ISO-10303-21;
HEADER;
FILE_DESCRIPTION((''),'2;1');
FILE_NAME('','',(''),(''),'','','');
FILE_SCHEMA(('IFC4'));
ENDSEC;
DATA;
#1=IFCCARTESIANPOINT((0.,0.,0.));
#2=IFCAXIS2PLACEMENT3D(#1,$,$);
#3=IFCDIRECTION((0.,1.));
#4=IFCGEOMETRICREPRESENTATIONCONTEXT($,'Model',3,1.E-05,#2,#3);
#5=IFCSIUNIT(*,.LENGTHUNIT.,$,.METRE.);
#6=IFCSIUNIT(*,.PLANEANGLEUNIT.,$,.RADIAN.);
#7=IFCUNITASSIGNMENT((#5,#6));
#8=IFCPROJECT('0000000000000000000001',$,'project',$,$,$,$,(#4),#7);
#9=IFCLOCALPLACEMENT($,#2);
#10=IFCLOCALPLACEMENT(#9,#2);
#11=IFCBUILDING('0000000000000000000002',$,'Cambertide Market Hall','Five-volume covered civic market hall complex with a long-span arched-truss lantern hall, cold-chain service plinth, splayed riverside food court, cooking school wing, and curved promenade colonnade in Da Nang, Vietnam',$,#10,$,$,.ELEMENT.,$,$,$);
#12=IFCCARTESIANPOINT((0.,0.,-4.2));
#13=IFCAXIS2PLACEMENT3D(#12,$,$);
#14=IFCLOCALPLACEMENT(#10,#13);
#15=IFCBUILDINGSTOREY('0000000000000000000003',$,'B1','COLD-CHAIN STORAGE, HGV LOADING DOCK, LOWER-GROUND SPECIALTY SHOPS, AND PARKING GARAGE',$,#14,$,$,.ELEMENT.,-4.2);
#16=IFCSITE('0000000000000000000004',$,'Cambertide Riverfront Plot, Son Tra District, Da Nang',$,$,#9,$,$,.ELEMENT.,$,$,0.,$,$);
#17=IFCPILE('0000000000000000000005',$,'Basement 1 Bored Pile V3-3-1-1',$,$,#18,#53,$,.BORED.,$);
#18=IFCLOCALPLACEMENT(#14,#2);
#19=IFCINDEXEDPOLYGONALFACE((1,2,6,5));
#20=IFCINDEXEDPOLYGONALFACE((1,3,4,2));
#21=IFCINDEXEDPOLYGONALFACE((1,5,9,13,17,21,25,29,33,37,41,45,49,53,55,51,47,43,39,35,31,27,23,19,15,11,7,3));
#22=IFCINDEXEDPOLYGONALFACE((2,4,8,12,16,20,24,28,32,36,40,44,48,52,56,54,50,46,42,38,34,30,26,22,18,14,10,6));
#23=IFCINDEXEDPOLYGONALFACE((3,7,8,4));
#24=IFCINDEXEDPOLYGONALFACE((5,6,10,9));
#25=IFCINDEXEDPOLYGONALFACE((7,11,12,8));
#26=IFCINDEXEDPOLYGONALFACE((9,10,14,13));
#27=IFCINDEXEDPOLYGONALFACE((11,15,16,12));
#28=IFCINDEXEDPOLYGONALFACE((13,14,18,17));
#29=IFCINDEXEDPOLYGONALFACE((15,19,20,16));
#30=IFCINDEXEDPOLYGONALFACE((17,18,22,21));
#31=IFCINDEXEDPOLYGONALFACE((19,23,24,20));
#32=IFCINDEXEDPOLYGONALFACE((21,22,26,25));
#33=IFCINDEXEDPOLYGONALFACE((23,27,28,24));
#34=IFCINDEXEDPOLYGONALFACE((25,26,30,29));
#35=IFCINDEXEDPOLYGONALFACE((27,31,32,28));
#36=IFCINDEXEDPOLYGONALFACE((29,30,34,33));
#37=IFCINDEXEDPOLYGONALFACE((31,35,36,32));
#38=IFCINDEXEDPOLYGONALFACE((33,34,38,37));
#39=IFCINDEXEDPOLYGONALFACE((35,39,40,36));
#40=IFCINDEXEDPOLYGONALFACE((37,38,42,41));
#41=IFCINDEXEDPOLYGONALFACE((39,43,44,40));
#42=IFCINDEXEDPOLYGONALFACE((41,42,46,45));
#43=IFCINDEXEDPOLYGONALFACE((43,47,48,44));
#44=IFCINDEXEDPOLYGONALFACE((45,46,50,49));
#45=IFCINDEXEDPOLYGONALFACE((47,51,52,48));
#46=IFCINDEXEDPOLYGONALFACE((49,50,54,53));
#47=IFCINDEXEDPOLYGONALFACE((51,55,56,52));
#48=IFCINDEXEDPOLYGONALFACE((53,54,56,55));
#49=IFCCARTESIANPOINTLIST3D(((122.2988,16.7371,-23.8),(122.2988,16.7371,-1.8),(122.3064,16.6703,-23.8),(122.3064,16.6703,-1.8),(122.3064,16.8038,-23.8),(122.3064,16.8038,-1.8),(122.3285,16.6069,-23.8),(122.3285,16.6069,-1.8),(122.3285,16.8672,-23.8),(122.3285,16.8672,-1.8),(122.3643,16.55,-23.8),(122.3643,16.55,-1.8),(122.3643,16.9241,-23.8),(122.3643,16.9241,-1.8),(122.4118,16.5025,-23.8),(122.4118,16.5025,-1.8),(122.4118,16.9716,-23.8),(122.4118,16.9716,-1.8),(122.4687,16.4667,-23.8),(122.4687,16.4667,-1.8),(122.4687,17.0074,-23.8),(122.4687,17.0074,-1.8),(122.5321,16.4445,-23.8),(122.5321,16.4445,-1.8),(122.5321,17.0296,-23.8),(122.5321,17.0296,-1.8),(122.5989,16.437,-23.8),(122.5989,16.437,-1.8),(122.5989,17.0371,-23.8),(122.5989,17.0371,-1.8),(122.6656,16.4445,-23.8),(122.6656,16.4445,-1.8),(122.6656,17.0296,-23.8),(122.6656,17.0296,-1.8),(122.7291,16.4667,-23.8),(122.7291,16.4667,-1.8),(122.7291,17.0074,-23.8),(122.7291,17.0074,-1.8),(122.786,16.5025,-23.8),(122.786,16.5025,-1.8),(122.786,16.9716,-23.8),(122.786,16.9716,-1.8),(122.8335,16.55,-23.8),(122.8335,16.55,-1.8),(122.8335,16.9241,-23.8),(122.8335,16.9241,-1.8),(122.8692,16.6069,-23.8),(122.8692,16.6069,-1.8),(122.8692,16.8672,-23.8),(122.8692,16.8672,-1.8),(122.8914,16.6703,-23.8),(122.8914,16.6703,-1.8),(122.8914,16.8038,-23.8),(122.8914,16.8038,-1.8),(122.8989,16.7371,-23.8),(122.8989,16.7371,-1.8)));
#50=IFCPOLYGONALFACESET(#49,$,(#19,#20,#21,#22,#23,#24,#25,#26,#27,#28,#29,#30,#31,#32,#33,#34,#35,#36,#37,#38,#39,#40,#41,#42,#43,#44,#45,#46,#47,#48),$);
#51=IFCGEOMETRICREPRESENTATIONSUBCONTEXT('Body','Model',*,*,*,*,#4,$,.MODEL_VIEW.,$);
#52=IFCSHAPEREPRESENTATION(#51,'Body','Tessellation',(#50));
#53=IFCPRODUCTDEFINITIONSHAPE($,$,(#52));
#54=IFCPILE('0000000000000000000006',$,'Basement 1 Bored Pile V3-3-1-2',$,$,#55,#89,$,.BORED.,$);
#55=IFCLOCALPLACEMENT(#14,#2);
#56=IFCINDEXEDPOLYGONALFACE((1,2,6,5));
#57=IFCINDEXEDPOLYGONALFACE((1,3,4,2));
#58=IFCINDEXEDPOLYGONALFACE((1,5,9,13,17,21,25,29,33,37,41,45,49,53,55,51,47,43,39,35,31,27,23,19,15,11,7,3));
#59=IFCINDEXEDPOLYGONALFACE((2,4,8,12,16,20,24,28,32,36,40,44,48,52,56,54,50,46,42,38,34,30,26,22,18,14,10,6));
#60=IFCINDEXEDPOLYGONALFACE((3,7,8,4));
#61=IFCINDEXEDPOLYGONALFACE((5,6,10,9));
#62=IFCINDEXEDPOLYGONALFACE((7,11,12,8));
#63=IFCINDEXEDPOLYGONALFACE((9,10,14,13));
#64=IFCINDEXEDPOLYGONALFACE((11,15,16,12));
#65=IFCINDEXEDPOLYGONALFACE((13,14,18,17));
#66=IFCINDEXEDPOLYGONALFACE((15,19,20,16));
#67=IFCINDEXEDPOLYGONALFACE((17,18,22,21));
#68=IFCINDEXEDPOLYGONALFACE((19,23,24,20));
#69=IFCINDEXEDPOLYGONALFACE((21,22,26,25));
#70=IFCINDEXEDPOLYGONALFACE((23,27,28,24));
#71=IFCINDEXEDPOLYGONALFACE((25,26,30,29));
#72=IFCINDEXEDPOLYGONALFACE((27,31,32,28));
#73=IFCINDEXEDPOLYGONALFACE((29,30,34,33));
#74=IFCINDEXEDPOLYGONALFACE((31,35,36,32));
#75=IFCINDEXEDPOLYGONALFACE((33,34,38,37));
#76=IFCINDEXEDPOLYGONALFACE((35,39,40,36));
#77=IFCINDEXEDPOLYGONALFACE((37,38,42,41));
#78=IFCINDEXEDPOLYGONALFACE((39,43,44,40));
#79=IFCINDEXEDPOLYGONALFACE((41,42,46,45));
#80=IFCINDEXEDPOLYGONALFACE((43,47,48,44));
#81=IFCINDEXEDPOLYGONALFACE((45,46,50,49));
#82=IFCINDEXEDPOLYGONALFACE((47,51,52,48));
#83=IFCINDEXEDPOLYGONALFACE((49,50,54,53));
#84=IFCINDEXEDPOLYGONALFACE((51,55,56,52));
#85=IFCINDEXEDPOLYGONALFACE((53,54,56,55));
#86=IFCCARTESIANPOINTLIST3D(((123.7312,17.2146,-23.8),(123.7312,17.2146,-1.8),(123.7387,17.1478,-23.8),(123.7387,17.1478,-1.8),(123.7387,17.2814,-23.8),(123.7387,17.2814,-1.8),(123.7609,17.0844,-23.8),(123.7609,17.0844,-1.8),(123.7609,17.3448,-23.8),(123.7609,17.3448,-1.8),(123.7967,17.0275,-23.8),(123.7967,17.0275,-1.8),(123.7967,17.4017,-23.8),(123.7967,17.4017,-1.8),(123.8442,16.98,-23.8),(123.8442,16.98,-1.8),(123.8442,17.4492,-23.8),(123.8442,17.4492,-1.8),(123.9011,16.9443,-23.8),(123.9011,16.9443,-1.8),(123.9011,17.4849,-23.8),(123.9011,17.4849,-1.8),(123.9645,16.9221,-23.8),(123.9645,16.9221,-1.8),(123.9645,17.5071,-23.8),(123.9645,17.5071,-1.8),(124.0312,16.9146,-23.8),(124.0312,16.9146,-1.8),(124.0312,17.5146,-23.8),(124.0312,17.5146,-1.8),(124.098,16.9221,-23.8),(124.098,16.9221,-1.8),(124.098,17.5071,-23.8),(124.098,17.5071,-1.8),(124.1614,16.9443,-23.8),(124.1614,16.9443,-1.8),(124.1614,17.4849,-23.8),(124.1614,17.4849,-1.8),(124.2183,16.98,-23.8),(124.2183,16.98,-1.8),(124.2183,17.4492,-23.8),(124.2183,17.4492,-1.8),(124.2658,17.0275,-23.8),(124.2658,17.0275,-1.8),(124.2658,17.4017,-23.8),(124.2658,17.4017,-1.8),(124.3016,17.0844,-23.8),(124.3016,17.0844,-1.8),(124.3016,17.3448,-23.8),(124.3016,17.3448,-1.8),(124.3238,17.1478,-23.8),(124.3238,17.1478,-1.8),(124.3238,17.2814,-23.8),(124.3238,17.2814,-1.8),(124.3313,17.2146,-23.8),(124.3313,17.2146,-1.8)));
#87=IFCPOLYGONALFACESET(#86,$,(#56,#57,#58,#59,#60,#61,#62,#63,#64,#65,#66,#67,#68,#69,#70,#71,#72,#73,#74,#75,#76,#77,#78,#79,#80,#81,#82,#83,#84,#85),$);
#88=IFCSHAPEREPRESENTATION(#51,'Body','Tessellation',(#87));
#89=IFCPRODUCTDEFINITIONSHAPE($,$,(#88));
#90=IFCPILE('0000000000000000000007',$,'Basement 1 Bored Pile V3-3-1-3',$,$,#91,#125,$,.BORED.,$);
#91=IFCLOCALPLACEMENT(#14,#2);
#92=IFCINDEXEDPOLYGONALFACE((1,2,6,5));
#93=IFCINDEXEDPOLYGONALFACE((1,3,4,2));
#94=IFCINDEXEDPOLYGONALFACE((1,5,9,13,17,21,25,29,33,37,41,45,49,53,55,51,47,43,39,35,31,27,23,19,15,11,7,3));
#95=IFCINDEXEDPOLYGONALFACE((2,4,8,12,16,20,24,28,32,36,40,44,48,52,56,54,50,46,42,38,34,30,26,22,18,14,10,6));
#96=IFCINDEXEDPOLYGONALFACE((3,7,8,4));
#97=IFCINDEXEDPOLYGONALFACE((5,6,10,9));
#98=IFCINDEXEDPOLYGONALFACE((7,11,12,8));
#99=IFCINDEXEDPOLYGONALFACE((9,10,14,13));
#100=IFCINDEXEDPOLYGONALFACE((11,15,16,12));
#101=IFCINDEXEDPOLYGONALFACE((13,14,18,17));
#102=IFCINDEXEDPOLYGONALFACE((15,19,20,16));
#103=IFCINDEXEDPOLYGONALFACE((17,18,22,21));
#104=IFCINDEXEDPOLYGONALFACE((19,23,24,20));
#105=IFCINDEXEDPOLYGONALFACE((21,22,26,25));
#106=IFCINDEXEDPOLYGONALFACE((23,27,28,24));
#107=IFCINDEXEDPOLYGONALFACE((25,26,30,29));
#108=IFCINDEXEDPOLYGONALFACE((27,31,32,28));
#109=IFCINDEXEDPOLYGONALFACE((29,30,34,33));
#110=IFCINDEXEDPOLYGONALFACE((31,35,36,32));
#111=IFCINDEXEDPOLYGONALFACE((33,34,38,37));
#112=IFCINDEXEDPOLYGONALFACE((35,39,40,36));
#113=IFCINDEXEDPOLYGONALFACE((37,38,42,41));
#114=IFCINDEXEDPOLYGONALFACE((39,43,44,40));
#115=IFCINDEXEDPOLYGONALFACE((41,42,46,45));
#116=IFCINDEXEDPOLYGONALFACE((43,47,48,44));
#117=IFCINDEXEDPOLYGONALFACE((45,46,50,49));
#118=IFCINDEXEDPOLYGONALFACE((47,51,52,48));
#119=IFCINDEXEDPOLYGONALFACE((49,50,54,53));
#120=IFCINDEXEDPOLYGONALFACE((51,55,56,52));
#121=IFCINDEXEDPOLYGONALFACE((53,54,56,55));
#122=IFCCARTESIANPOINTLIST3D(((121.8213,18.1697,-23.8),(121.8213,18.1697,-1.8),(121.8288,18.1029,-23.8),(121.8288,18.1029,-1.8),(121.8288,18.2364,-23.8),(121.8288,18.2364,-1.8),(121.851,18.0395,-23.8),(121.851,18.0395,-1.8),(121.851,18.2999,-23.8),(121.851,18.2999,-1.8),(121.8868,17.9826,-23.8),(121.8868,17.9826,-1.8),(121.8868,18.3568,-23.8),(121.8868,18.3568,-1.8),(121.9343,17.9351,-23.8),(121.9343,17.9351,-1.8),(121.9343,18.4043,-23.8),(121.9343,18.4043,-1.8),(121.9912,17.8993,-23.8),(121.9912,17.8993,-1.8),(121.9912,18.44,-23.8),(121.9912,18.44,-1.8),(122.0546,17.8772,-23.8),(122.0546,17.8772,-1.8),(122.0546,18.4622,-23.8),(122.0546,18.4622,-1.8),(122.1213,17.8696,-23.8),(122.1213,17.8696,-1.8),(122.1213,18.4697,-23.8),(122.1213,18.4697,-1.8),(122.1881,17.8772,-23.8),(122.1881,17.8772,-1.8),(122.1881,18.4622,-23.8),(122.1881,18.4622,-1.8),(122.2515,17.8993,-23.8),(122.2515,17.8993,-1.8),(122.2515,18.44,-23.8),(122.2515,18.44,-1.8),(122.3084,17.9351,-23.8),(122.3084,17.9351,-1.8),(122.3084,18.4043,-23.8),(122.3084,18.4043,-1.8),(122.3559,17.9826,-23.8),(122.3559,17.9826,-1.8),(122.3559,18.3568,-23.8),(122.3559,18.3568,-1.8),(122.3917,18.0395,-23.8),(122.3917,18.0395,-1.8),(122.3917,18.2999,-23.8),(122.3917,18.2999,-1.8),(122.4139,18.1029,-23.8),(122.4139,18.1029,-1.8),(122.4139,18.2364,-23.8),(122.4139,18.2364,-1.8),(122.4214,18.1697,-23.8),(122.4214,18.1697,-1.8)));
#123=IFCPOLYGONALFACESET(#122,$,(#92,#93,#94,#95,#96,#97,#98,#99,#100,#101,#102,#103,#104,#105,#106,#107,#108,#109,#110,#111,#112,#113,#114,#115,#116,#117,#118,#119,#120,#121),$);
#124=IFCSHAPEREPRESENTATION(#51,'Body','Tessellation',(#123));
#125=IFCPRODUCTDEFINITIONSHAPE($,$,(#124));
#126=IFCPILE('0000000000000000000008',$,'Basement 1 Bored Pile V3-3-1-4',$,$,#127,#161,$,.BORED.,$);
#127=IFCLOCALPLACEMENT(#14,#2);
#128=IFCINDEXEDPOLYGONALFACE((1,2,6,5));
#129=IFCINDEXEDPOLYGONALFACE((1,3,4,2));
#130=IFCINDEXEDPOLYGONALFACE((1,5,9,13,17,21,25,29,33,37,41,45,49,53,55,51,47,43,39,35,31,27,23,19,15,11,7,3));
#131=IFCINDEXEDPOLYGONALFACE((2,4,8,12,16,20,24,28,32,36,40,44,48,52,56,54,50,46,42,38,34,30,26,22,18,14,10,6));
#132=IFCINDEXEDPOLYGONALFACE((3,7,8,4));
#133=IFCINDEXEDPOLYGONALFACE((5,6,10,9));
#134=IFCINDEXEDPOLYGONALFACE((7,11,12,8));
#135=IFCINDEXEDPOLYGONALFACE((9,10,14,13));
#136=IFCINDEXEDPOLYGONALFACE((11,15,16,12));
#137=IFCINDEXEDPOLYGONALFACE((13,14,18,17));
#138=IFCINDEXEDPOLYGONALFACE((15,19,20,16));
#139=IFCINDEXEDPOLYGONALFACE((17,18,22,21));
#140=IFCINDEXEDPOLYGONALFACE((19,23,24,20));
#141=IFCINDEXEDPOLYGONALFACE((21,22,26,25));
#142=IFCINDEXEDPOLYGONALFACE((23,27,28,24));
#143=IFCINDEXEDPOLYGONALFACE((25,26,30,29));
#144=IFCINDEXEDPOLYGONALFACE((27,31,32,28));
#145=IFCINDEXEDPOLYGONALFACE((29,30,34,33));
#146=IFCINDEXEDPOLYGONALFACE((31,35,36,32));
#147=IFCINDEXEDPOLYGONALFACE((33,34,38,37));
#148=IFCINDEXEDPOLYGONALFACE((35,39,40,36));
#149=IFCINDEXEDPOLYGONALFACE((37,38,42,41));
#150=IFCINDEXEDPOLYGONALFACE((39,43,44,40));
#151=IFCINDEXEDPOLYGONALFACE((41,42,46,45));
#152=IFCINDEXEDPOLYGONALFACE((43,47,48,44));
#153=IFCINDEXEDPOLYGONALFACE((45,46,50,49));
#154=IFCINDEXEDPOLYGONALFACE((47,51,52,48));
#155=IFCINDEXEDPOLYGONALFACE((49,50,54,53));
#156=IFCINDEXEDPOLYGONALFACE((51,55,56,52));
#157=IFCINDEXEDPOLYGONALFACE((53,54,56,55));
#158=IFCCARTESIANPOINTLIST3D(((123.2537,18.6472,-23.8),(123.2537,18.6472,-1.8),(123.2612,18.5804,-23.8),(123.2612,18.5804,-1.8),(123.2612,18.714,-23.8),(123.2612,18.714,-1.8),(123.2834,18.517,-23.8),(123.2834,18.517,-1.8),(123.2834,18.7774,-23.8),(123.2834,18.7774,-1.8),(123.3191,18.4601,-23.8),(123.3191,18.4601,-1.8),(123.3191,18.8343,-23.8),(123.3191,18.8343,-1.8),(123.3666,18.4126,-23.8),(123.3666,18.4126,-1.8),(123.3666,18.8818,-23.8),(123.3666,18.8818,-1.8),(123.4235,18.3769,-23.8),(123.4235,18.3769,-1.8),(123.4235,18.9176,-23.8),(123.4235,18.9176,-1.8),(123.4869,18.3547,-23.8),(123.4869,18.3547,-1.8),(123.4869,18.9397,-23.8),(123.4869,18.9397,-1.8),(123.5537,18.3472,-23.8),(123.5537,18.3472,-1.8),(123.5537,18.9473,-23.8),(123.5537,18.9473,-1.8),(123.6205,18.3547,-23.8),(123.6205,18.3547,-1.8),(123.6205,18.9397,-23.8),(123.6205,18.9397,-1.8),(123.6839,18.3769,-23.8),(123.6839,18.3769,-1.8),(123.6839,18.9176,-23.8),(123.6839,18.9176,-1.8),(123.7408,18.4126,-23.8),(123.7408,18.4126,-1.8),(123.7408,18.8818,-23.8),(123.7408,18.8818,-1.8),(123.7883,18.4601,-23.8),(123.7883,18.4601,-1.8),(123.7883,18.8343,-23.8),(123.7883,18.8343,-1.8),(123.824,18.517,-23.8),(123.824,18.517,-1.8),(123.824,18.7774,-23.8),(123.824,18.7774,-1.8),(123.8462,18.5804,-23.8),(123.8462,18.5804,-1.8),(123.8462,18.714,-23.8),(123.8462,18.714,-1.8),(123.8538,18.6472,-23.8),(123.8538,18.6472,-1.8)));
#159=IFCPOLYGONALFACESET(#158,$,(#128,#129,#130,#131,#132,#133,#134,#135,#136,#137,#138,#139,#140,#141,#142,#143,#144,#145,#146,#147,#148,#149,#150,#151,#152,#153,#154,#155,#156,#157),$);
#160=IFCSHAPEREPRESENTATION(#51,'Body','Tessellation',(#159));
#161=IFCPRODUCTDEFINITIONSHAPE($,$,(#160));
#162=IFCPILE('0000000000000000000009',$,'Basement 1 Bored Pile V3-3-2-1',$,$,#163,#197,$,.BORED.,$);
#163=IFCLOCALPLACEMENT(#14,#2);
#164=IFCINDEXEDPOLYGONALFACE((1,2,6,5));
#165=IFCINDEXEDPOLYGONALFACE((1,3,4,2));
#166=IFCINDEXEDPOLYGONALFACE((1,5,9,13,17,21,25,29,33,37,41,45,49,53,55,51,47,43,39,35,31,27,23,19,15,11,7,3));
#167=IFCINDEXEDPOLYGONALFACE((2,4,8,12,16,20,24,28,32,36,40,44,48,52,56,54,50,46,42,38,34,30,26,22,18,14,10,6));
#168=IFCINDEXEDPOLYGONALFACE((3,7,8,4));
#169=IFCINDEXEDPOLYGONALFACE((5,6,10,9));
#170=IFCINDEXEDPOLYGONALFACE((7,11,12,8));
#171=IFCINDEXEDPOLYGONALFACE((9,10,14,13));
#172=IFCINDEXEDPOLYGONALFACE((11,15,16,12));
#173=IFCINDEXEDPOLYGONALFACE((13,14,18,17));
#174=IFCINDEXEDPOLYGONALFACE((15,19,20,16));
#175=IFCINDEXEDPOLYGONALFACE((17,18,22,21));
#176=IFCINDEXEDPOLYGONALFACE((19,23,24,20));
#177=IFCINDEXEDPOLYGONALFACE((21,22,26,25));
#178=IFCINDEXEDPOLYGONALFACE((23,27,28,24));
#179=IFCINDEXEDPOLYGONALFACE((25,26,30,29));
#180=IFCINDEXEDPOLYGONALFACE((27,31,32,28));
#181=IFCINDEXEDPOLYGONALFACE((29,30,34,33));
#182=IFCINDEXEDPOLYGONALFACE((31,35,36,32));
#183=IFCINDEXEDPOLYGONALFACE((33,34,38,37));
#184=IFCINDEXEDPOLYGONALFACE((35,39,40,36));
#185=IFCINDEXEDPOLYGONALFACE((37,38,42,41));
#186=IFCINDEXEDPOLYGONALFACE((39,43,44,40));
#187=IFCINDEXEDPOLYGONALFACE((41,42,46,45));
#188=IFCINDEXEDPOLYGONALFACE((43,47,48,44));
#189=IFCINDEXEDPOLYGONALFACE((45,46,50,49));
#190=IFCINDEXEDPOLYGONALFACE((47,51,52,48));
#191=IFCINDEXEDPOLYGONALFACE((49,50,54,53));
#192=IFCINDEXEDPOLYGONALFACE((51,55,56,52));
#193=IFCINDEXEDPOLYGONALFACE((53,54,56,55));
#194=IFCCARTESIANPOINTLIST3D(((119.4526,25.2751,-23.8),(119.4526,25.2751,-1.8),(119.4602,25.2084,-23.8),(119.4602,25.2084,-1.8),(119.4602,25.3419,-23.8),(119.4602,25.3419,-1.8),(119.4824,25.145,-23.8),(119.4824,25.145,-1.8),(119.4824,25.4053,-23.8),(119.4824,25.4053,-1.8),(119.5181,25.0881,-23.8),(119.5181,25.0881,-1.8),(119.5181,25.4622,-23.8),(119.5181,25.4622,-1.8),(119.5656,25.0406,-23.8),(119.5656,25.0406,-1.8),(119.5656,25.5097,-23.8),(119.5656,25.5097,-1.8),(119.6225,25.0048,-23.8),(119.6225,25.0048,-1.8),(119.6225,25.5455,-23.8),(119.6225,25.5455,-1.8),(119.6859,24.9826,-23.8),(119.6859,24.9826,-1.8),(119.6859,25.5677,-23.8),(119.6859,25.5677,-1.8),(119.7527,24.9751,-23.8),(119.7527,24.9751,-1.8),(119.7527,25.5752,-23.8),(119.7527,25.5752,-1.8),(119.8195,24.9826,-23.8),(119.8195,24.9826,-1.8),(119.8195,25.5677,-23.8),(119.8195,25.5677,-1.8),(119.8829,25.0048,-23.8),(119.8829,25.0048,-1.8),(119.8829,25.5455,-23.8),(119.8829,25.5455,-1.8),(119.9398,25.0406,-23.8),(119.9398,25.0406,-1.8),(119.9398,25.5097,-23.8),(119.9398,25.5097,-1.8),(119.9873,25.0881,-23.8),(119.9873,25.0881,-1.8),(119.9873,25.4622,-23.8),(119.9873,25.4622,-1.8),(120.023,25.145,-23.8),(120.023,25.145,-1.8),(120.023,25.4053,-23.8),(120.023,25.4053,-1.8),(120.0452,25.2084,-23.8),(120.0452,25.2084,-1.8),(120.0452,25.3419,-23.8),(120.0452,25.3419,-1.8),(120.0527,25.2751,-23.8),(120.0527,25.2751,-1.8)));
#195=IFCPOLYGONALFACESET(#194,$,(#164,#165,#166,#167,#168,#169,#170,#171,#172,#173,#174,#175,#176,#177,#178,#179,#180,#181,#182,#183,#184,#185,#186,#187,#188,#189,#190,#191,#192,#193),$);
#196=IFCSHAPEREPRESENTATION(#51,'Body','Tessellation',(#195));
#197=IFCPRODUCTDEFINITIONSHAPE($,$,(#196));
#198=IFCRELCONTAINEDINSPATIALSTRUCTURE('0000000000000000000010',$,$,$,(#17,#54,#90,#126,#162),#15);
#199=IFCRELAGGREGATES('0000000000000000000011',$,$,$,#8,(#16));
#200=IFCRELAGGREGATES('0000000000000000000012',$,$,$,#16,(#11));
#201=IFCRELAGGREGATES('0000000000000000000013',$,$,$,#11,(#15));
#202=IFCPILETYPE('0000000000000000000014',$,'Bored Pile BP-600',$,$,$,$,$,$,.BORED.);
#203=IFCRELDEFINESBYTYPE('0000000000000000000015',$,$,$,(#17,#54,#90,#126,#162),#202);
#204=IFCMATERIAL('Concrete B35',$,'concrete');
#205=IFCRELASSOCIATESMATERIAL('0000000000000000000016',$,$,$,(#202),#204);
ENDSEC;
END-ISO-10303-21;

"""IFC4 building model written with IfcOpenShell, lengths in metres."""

from ifc_helpers import new_model, si_unit, direction, frame, origin, origin_2d, place, context, subcontext, project, spatial, circle, extrude, material, material_profile, profile_set, type_object, element, save


model = new_model("IFC4")

# Units and contexts
model_context = context("Model", 3, precision=1e-05, world=origin(), true_north=direction((0.0, 1.0)))
body_context = subcontext(model_context, "Body", "Model", "MODEL_VIEW")
ifc_project = project(units=[si_unit("LENGTHUNIT", "METRE"), si_unit("PLANEANGLEUNIT", "RADIAN")], contexts=[model_context])

# Site, building, storey
site_placement = place(None, origin())
site = spatial("IfcSite", under=ifc_project, at=site_placement, Name="Cambertide Riverfront Plot, Son Tra District, Da Nang", CompositionType="ELEMENT", RefElevation=0.0)
building_placement = place(site_placement, origin())
building = spatial("IfcBuilding", under=site, at=building_placement, Name="Cambertide Market Hall", Description="Five-volume covered civic market hall complex with a long-span arched-truss lantern hall, cold-chain service plinth, splayed riverside food court, cooking school wing, and curved promenade colonnade in Da Nang, Vietnam", CompositionType="ELEMENT")
storey_placement = place(building_placement, frame((0.0, 0.0, -4.2)))
storey = spatial("IfcBuildingStorey", under=building, at=storey_placement, Name="B1", Description="COLD-CHAIN STORAGE, HGV LOADING DOCK, LOWER-GROUND SPECIALTY SHOPS, AND PARKING GARAGE", CompositionType="ELEMENT", Elevation=-4.2)

# Piles
ifc_material_1 = material(Name="Concrete B35", Category="concrete")
ifc_material_profile_1 = material_profile(ifc_material_1, circle(Radius=0.3, at=origin_2d()), Name="BP D600")
ifc_profile_set_1 = profile_set([ifc_material_profile_1], Name="Concrete B35")
pile_type = type_object("IfcPileType", Name="Bored Pile BP-600", PredefinedType="BORED", material=ifc_profile_set_1)
for number, where, z_axis, x_axis, name in (
    (1, (122.5989, 16.7371, -1.8), (0.0, 0.0, -1.0), (1.0, 0.0, 0.0), "Basement 1 Bored Pile V3-3-1-1"),
    (2, (124.0312, 17.2146, -1.8), (0.0, 0.0, -1.0), (1.0, 0.0, 0.0), "Basement 1 Bored Pile V3-3-1-2"),
    (3, (122.1213, 18.1697, -1.8), (0.0, 0.0, -1.0), (1.0, 0.0, 0.0), "Basement 1 Bored Pile V3-3-1-3"),
    (4, (123.5537, 18.6472, -1.8), (0.0, 0.0, -1.0), (1.0, 0.0, 0.0), "Basement 1 Bored Pile V3-3-1-4"),
    (5, (119.7527, 25.2751, -1.8), (0.0, 0.0, -1.0), (1.0, 0.0, 0.0), "Basement 1 Bored Pile V3-3-2-1"),
):
    element("IfcPile", number, at=place(storey_placement, frame(where, z_axis=z_axis, x_axis=x_axis)), inside=storey, type_object=pile_type, Name=name, PredefinedType="BORED", context=body_context, shape_type="SweptSolid", body=[
        extrude(circle(Radius=0.3, at=origin_2d()), origin(), (0.0, 0.0, 1.0), 22.0),
    ])

save(model, "model.ifc")
